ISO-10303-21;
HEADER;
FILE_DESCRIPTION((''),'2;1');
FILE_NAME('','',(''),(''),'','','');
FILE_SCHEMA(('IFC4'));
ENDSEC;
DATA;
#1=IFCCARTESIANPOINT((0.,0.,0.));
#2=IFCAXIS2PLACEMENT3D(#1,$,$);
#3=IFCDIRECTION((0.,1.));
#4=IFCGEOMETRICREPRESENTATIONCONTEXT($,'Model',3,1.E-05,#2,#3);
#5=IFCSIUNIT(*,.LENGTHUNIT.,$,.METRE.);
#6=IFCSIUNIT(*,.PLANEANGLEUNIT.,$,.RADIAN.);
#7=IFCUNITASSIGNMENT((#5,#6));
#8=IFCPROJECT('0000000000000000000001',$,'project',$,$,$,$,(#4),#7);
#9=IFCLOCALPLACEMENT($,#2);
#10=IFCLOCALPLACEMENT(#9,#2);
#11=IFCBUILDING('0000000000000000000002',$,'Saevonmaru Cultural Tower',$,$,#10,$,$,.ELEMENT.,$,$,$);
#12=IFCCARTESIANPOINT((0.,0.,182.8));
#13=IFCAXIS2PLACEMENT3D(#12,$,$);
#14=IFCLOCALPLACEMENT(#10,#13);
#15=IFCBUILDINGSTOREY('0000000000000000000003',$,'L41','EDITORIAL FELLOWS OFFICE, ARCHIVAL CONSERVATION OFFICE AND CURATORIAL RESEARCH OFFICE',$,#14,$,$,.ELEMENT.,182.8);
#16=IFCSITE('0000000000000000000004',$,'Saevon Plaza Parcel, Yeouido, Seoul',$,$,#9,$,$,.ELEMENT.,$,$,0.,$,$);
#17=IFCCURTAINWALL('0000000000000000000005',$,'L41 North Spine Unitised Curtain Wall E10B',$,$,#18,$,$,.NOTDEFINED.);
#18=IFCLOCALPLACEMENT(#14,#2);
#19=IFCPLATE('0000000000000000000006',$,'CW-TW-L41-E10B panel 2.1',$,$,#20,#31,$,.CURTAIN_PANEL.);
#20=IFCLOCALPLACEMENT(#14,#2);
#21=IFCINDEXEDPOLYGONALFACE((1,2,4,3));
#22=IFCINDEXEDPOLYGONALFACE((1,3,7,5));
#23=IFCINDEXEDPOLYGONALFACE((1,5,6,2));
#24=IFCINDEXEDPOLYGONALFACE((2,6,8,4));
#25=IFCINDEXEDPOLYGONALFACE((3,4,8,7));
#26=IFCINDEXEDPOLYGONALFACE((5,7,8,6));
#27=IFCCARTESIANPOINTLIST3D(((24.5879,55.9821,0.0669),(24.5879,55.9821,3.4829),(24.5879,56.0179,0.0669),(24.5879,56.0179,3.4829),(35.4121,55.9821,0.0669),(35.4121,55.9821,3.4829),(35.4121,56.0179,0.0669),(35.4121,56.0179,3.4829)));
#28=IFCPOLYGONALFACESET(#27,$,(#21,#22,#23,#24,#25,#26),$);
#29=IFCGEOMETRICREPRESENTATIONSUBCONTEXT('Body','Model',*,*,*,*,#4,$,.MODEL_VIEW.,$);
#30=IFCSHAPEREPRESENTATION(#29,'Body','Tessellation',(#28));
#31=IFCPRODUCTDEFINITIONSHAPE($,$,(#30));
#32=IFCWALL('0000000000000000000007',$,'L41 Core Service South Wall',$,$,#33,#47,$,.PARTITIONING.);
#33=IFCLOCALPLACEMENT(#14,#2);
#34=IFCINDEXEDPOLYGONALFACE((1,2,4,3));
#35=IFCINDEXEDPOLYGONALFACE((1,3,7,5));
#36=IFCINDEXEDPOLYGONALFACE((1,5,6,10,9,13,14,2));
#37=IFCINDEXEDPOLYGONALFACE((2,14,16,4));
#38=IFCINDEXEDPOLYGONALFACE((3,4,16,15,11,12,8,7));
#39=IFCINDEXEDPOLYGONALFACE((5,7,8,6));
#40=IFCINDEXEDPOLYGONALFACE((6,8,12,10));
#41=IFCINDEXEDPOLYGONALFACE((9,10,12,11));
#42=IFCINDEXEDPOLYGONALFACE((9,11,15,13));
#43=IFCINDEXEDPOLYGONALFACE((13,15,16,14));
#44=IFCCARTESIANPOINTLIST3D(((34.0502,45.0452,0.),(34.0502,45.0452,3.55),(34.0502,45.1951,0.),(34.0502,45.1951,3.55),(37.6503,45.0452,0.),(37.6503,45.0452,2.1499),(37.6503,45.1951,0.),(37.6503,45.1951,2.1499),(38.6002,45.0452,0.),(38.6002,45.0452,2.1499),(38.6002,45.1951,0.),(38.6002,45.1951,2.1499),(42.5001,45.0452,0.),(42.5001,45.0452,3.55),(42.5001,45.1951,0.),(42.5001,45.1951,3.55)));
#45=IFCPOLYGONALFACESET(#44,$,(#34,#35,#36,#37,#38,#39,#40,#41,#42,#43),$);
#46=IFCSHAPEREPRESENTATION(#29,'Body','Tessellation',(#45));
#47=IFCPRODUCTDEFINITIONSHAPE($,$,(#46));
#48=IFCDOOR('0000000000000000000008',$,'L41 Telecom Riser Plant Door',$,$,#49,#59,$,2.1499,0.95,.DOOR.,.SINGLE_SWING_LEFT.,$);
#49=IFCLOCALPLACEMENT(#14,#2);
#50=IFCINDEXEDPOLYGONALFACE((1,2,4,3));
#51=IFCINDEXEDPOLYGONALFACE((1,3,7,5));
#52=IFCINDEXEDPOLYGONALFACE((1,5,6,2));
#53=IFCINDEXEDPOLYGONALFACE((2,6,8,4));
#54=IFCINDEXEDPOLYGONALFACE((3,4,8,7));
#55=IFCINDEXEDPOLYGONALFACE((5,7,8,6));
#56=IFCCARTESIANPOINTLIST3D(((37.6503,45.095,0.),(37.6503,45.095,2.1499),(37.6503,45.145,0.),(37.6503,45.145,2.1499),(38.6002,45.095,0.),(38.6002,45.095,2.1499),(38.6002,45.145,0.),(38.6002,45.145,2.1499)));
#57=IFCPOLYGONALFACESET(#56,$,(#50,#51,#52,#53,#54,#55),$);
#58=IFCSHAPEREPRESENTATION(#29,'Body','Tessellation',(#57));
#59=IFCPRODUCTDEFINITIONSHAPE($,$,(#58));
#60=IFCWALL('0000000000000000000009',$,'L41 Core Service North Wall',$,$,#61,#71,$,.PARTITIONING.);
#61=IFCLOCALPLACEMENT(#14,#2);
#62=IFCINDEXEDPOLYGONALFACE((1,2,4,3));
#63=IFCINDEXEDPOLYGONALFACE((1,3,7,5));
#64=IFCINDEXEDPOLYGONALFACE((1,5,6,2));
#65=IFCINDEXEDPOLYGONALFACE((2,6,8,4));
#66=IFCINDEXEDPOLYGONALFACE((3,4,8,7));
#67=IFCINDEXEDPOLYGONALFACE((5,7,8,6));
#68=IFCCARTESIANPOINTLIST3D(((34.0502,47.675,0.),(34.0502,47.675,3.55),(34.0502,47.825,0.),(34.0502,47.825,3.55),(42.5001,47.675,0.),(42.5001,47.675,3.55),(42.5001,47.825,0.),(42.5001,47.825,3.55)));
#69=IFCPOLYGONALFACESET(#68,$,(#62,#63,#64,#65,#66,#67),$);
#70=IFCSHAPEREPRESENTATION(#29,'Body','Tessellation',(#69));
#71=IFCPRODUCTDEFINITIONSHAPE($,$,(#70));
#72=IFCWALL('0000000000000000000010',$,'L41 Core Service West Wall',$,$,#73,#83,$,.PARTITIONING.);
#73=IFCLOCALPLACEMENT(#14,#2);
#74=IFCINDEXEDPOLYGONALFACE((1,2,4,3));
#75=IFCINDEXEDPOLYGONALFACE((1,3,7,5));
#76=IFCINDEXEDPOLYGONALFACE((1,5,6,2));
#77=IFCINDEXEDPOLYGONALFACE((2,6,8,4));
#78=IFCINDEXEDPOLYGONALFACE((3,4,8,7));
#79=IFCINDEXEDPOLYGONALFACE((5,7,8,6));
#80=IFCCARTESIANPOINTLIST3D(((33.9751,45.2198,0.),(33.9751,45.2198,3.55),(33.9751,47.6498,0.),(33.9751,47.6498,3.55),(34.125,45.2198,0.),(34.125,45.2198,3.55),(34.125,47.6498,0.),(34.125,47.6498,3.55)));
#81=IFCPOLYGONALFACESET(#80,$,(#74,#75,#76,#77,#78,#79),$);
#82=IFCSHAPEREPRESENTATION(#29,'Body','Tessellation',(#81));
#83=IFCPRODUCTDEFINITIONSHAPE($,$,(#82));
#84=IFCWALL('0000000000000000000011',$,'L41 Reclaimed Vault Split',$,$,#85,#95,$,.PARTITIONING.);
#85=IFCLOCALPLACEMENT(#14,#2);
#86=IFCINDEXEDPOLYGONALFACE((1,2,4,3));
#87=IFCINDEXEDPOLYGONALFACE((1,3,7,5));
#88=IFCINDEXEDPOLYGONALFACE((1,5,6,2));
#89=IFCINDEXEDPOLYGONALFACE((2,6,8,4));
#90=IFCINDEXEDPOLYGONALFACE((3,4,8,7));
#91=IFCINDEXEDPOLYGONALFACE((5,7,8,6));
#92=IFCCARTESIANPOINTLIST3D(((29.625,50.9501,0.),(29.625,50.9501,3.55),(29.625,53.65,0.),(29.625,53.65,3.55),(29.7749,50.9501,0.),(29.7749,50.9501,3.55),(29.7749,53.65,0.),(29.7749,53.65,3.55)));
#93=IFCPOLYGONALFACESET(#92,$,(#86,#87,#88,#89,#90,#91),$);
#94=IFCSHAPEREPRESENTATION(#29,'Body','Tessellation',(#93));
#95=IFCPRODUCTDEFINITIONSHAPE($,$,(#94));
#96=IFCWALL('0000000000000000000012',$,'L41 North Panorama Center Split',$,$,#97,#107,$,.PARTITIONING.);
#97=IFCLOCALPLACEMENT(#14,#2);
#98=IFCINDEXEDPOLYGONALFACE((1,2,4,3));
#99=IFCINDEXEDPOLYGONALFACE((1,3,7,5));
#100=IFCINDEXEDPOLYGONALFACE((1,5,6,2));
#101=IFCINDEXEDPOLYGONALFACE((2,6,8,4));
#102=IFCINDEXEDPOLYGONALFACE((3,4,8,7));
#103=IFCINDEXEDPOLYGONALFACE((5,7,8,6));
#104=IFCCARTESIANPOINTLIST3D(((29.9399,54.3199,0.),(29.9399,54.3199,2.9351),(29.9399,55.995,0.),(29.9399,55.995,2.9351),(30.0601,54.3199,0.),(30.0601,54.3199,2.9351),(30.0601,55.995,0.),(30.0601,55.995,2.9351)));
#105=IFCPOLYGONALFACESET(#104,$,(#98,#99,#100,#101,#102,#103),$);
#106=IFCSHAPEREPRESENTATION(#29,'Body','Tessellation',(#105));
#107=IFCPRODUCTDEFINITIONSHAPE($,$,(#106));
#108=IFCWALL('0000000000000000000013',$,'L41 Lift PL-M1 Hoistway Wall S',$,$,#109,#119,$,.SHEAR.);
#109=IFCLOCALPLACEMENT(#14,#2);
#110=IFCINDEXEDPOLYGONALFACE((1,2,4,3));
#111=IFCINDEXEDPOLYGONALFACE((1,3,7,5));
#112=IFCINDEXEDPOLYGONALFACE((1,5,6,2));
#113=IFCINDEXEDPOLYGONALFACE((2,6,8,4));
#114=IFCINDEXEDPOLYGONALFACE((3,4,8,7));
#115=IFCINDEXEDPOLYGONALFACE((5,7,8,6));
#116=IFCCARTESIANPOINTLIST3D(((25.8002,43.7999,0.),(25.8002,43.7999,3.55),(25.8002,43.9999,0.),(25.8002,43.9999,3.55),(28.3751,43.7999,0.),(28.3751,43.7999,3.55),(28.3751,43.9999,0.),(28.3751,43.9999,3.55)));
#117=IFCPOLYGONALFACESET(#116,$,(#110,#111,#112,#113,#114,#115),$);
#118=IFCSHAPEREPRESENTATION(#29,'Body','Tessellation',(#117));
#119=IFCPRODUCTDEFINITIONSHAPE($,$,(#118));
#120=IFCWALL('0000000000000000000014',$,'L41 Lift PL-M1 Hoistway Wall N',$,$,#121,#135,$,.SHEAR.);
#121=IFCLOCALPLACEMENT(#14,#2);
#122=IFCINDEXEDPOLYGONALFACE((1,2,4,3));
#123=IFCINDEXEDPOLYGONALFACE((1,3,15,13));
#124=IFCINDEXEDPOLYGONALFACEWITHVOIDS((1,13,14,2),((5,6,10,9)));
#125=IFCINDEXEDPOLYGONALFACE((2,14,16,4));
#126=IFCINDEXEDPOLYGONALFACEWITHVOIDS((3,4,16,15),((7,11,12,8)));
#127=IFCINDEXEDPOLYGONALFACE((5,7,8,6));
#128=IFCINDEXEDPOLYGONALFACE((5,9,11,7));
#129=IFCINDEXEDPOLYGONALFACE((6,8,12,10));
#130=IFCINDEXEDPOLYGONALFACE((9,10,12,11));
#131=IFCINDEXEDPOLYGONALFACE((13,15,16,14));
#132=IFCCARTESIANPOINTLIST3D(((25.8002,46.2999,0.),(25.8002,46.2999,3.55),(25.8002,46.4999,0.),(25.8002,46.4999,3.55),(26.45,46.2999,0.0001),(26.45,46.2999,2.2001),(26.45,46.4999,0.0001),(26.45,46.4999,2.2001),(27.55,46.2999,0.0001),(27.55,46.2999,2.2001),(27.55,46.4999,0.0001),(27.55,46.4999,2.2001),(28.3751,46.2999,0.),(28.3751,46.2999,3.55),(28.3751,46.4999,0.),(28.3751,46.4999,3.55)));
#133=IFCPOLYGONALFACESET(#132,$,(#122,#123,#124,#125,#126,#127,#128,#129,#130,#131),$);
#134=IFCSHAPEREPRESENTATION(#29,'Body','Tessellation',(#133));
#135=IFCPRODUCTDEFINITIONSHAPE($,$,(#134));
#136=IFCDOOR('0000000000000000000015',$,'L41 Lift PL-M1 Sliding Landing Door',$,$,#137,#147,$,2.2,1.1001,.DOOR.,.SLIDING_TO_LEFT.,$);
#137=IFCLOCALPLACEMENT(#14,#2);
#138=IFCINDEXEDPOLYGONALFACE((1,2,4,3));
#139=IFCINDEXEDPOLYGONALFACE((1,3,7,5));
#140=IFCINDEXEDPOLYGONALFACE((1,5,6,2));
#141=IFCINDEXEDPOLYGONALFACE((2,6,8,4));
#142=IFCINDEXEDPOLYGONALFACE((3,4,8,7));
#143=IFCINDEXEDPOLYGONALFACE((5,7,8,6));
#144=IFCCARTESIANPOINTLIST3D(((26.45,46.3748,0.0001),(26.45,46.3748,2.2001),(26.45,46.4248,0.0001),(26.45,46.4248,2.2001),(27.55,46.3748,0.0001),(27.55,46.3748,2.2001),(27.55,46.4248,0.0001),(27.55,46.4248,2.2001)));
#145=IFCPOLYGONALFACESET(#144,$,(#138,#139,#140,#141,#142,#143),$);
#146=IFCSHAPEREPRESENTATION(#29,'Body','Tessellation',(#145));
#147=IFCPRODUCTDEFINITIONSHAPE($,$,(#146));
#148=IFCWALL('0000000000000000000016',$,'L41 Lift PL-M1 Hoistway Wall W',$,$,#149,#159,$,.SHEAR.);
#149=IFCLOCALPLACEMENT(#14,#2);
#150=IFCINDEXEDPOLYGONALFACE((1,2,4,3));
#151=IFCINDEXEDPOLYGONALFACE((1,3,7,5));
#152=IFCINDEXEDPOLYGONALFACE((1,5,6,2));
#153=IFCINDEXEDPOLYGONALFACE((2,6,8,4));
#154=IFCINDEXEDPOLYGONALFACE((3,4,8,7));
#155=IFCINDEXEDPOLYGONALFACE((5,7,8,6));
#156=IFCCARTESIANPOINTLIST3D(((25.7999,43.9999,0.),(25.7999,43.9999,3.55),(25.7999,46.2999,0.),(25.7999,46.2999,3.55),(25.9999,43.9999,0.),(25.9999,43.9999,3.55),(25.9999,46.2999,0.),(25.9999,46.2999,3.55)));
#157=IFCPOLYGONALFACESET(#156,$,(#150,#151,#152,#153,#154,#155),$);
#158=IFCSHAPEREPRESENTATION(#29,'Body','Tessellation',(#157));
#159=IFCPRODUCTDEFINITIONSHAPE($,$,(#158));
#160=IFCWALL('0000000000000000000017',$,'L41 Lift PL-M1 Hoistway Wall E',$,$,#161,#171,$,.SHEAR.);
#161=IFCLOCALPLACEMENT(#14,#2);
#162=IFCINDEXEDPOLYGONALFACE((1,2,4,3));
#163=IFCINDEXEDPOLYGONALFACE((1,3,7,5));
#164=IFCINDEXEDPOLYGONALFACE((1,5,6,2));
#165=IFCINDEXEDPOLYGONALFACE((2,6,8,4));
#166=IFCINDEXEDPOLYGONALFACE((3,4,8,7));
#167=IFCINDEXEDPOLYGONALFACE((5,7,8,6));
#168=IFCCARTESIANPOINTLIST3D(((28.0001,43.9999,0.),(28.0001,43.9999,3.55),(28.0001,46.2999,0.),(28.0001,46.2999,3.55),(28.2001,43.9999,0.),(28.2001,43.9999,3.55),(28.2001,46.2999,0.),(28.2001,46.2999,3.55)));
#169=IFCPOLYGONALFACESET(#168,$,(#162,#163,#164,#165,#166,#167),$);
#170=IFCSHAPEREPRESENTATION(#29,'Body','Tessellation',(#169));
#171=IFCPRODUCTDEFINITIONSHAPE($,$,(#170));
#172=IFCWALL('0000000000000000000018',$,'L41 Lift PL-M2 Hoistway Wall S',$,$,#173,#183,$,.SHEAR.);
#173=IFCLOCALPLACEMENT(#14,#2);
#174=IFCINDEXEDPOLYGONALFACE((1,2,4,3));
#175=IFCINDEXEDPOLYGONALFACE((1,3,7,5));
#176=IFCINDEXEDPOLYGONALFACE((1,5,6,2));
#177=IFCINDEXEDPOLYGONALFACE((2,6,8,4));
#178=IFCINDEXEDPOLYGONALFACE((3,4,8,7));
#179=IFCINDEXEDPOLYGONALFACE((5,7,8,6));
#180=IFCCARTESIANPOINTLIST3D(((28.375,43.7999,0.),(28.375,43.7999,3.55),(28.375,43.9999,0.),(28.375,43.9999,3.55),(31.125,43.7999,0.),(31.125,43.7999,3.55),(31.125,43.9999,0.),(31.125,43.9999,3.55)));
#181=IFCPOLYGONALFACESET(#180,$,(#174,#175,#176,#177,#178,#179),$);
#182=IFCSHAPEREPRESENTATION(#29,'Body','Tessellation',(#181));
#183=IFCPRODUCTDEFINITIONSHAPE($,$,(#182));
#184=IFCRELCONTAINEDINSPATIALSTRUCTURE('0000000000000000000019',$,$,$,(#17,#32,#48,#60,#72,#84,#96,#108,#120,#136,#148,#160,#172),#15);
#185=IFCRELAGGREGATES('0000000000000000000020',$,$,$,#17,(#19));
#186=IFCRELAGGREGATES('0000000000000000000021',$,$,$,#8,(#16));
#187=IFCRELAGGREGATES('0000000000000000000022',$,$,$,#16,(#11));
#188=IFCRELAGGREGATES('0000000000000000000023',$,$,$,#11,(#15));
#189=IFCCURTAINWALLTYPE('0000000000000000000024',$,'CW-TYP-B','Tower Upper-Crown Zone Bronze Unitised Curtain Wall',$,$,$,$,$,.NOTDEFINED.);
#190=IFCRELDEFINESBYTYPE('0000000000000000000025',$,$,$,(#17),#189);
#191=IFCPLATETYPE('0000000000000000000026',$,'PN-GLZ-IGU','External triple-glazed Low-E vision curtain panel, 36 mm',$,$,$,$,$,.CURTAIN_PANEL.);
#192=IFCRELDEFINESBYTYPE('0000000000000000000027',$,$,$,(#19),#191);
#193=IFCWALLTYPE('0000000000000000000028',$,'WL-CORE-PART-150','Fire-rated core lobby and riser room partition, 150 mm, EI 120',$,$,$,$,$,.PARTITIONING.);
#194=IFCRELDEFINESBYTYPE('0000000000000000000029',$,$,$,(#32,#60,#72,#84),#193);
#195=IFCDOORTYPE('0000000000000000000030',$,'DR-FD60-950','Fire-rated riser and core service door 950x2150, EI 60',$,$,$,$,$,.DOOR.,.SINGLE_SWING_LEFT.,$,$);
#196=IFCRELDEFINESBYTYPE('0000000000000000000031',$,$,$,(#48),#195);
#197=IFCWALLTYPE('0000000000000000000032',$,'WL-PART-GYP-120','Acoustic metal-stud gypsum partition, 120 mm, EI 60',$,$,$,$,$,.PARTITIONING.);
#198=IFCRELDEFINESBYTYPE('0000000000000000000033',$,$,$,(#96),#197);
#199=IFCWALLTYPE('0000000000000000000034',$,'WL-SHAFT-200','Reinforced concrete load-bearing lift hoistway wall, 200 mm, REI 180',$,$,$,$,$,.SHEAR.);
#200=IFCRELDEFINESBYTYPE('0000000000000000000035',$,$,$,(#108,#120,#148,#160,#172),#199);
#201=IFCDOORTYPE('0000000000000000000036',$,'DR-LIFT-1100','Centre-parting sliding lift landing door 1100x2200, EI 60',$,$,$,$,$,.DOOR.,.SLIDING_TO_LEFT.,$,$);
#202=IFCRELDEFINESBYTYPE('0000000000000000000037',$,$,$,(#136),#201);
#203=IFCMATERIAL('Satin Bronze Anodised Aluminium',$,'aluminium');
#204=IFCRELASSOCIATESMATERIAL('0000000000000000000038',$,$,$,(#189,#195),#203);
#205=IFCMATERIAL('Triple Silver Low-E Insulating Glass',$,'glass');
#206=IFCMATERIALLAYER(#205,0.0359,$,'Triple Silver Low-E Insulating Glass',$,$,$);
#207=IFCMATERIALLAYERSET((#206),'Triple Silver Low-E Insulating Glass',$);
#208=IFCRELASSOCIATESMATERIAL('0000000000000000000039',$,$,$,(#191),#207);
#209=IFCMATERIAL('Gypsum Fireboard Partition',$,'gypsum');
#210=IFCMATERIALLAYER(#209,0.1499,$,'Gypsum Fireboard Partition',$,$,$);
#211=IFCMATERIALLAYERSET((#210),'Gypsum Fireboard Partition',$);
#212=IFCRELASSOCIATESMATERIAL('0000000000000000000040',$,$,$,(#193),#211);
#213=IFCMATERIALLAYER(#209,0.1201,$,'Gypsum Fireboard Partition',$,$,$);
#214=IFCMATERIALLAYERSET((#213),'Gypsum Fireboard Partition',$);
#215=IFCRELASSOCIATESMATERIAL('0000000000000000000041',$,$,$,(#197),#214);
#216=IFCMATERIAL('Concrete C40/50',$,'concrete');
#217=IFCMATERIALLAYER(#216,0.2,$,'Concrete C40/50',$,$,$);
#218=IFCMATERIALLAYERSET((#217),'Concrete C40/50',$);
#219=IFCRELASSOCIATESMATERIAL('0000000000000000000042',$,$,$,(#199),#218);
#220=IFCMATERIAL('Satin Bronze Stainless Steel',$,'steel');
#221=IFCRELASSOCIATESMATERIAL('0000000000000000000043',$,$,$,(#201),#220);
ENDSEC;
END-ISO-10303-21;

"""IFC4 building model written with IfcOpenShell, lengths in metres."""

from ifc_helpers import new_model, si_unit, direction, frame, frame_2d, origin, origin_2d, place, context, subcontext, project, spatial, rectangle, extrude, material, layer, layer_set, type_object, element, fill, aggregate, save


model = new_model("IFC4")

# Units and contexts
model_context = context("Model", 3, precision=1e-05, world=origin(), true_north=direction((0.0, 1.0)))
body_context = subcontext(model_context, "Body", "Model", "MODEL_VIEW")
ifc_project = project(units=[si_unit("LENGTHUNIT", "METRE"), si_unit("PLANEANGLEUNIT", "RADIAN")], contexts=[model_context])

# Site, building, storey
site_placement = place(None, origin())
site = spatial("IfcSite", under=ifc_project, at=site_placement, Name="Saevon Plaza Parcel, Yeouido, Seoul", CompositionType="ELEMENT", RefElevation=0.0)
building_placement = place(site_placement, origin())
building = spatial("IfcBuilding", under=site, at=building_placement, Name="Saevonmaru Cultural Tower", CompositionType="ELEMENT")
storey_placement = place(building_placement, frame((0.0, 0.0, 182.8)))
storey = spatial("IfcBuildingStorey", under=building, at=storey_placement, Name="L41", Description="EDITORIAL FELLOWS OFFICE, ARCHIVAL CONSERVATION OFFICE AND CURATORIAL RESEARCH OFFICE", CompositionType="ELEMENT", Elevation=182.8)

# Curtain wall, plate
ifc_material_1 = material(Name="Satin Bronze Anodised Aluminium", Category="aluminium")
curtain_wall_type = type_object("IfcCurtainWallType", Name="CW-TYP-B", Description="Tower Upper-Crown Zone Bronze Unitised Curtain Wall", PredefinedType="NOTDEFINED", material=ifc_material_1)
curtain_wall_placement = place(storey_placement, origin())
curtain_wall = element("IfcCurtainWall", 1, at=curtain_wall_placement, inside=storey, type_object=curtain_wall_type, Name="L41 North Spine Unitised Curtain Wall E10B", PredefinedType="NOTDEFINED")
ifc_material_2 = material(Name="Triple Silver Low-E Insulating Glass", Category="glass")
ifc_layer_1 = layer(ifc_material_2, 0.0359, Name="Triple Silver Low-E Insulating Glass")
ifc_layer_set_1 = layer_set([ifc_layer_1], Name="Triple Silver Low-E Insulating Glass")
plate_type = type_object("IfcPlateType", Name="PN-GLZ-IGU", Description="External triple-glazed Low-E vision curtain panel, 36 mm", PredefinedType="CURTAIN_PANEL", material=ifc_layer_set_1)
plate_placement = place(storey_placement, frame((30.0, 56.0, 0.0669), z_axis=(0.0, 0.0, 1.0), x_axis=(-1.0, 0.0, 0.0)))
plate = element("IfcPlate", 2, at=plate_placement, type_object=plate_type, Name="CW-TW-L41-E10B panel 2.1", PredefinedType="CURTAIN_PANEL", context=body_context, shape_type="SweptSolid", body=[
    extrude(rectangle(XDim=10.8242, YDim=0.0359, at=origin_2d()), origin(), (0.0, 0.0, 1.0), 3.416),
])
aggregate(curtain_wall, [plate])

# Wall, opening, door
ifc_material_3 = material(Name="Gypsum Fireboard Partition", Category="gypsum")
ifc_layer_2 = layer(ifc_material_3, 0.1499, Name="Gypsum Fireboard Partition")
ifc_layer_set_2 = layer_set([ifc_layer_2], Name="Gypsum Fireboard Partition")
wall_type_1 = type_object("IfcWallType", Name="WL-CORE-PART-150", Description="Fire-rated core lobby and riser room partition, 150 mm, EI 120", PredefinedType="PARTITIONING", material=ifc_layer_set_2)
wall_1_placement = place(storey_placement, frame((34.05, 45.1201, 0.0), z_axis=(0.0, 0.0, 1.0), x_axis=(1.0, 0.0, 0.0)))
wall_1 = element("IfcWall", 3, at=wall_1_placement, inside=storey, type_object=wall_type_1, Name="L41 Core Service South Wall", PredefinedType="PARTITIONING", context=body_context, shape_type="SweptSolid", body=[
    extrude(rectangle(XDim=8.45, YDim=0.1499, at=frame_2d((4.2251, 0.0))), origin(), (0.0, 0.0, 1.0), 3.55),
])
opening_1_placement = place(wall_1_placement, frame((3.6001, 0.0, 0.0)))
opening_1 = element("IfcOpeningElement", 4, at=opening_1_placement, cuts=wall_1, PredefinedType="OPENING", context=body_context, shape_type="SweptSolid", body=[
    extrude(rectangle(XDim=0.95, YDim=2.1499, at=frame_2d((0.4751, 1.075))), frame((0.0, 0.085, 0.0), z_axis=(0.0, -1.0, 0.0), x_axis=(1.0, 0.0, 0.0)), (0.0, 0.0, 1.0), 0.1699),
])
door_type_1 = type_object("IfcDoorType", Name="DR-FD60-950", Description="Fire-rated riser and core service door 950x2150, EI 60", OperationType="SINGLE_SWING_LEFT", PredefinedType="DOOR", material=ifc_material_1)
door_1_placement = place(opening_1_placement, origin())
door_1 = element("IfcDoor", 5, at=door_1_placement, inside=storey, type_object=door_type_1, Name="L41 Telecom Riser Plant Door", OperationType="SINGLE_SWING_LEFT", OverallHeight=2.1499, OverallWidth=0.95, PredefinedType="DOOR", context=body_context, shape_type="SweptSolid", body=[
    extrude(rectangle(XDim=0.95, YDim=2.1499, at=frame_2d((0.4751, 1.075))), frame((0.0, 0.0249, 0.0), z_axis=(0.0, -1.0, 0.0), x_axis=(1.0, 0.0, 0.0)), (0.0, 0.0, 1.0), 0.05),
])
fill(opening_1, door_1)

# Walls
wall_2_placement = place(storey_placement, frame((34.05, 47.75, 0.0), z_axis=(0.0, 0.0, 1.0), x_axis=(1.0, 0.0, 0.0)))
element("IfcWall", 6, at=wall_2_placement, inside=storey, type_object=wall_type_1, Name="L41 Core Service North Wall", PredefinedType="PARTITIONING", context=body_context, shape_type="SweptSolid", body=[
    extrude(rectangle(XDim=8.45, YDim=0.1499, at=frame_2d((4.2251, 0.0))), origin(), (0.0, 0.0, 1.0), 3.55),
])
wall_3_placement = place(storey_placement, frame((34.05, 45.22, 0.0), z_axis=(0.0, 0.0, 1.0), x_axis=(0.0, 1.0, 0.0)))
element("IfcWall", 7, at=wall_3_placement, inside=storey, type_object=wall_type_1, Name="L41 Core Service West Wall", PredefinedType="PARTITIONING", context=body_context, shape_type="SweptSolid", body=[
    extrude(rectangle(XDim=2.4299, YDim=0.1499, at=frame_2d((1.2148, 0.0))), origin(), (0.0, 0.0, 1.0), 3.55),
])

# Walls
wall_4_placement = place(storey_placement, frame((29.7, 50.95, 0.0), z_axis=(0.0, 0.0, 1.0), x_axis=(0.0, 1.0, 0.0)))
element("IfcWall", 8, at=wall_4_placement, inside=storey, type_object=wall_type_1, Name="L41 Reclaimed Vault Split", PredefinedType="PARTITIONING", context=body_context, shape_type="SweptSolid", body=[
    extrude(rectangle(XDim=2.7, YDim=0.1499, at=frame_2d((1.3501, 0.0))), origin(), (0.0, 0.0, 1.0), 3.55),
])
ifc_layer_3 = layer(ifc_material_3, 0.1201, Name="Gypsum Fireboard Partition")
ifc_layer_set_3 = layer_set([ifc_layer_3], Name="Gypsum Fireboard Partition")
wall_type_2 = type_object("IfcWallType", Name="WL-PART-GYP-120", Description="Acoustic metal-stud gypsum partition, 120 mm, EI 60", PredefinedType="PARTITIONING", material=ifc_layer_set_3)
wall_5_placement = place(storey_placement, frame((30.0, 54.3201, 0.0), z_axis=(0.0, 0.0, 1.0), x_axis=(0.0, 1.0, 0.0)))
element("IfcWall", 9, at=wall_5_placement, inside=storey, type_object=wall_type_2, Name="L41 North Panorama Center Split", PredefinedType="PARTITIONING", context=body_context, shape_type="SweptSolid", body=[
    extrude(rectangle(XDim=1.675, YDim=0.1201, at=frame_2d((0.8374, 0.0))), origin(), (0.0, 0.0, 1.0), 2.9351),
])
ifc_material_4 = material(Name="Concrete C40/50", Category="concrete")
ifc_layer_4 = layer(ifc_material_4, 0.2, Name="Concrete C40/50")
ifc_layer_set_4 = layer_set([ifc_layer_4], Name="Concrete C40/50")
wall_type_3 = type_object("IfcWallType", Name="WL-SHAFT-200", Description="Reinforced concrete load-bearing lift hoistway wall, 200 mm, REI 180", PredefinedType="SHEAR", material=ifc_layer_set_4)
wall_6_placement = place(storey_placement, frame((25.8, 43.8999, 0.0), z_axis=(0.0, 0.0, 1.0), x_axis=(1.0, 0.0, 0.0)))
element("IfcWall", 10, at=wall_6_placement, inside=storey, type_object=wall_type_3, Name="L41 Lift PL-M1 Hoistway Wall S", PredefinedType="SHEAR", context=body_context, shape_type="SweptSolid", body=[
    extrude(rectangle(XDim=2.575, YDim=0.2, at=frame_2d((1.2876, 0.0))), origin(), (0.0, 0.0, 1.0), 3.55),
])

# Wall, opening, door
wall_7_placement = place(storey_placement, frame((25.8, 46.3999, 0.0), z_axis=(0.0, 0.0, 1.0), x_axis=(1.0, 0.0, 0.0)))
wall_7 = element("IfcWall", 11, at=wall_7_placement, inside=storey, type_object=wall_type_3, Name="L41 Lift PL-M1 Hoistway Wall N", PredefinedType="SHEAR", context=body_context, shape_type="SweptSolid", body=[
    extrude(rectangle(XDim=2.575, YDim=0.2, at=frame_2d((1.2876, 0.0))), origin(), (0.0, 0.0, 1.0), 3.55),
])
opening_2_placement = place(wall_7_placement, frame((0.6499, 0.0, 0.0)))
opening_2 = element("IfcOpeningElement", 12, at=opening_2_placement, cuts=wall_7, PredefinedType="OPENING", context=body_context, shape_type="SweptSolid", body=[
    extrude(rectangle(XDim=1.1001, YDim=2.2, at=frame_2d((0.55, 1.1001))), frame((0.0, 0.1099, 0.0), z_axis=(0.0, -1.0, 0.0), x_axis=(1.0, 0.0, 0.0)), (0.0, 0.0, 1.0), 0.22),
])
ifc_material_5 = material(Name="Satin Bronze Stainless Steel", Category="steel")
door_type_2 = type_object("IfcDoorType", Name="DR-LIFT-1100", Description="Centre-parting sliding lift landing door 1100x2200, EI 60", OperationType="SLIDING_TO_LEFT", PredefinedType="DOOR", material=ifc_material_5)
door_2_placement = place(opening_2_placement, origin())
door_2 = element("IfcDoor", 13, at=door_2_placement, inside=storey, type_object=door_type_2, Name="L41 Lift PL-M1 Sliding Landing Door", OperationType="SLIDING_TO_LEFT", OverallHeight=2.2, OverallWidth=1.1001, PredefinedType="DOOR", context=body_context, shape_type="SweptSolid", body=[
    extrude(rectangle(XDim=1.1001, YDim=2.2, at=frame_2d((0.55, 1.1001))), frame((0.0, 0.0249, 0.0), z_axis=(0.0, -1.0, 0.0), x_axis=(1.0, 0.0, 0.0)), (0.0, 0.0, 1.0), 0.05),
])
fill(opening_2, door_2)

# Walls
for number, where, z_axis, x_axis, name in (
    (14, (25.8999, 44.0, 0.0), (0.0, 0.0, 1.0), (0.0, 1.0, 0.0), "L41 Lift PL-M1 Hoistway Wall W"),
    (15, (28.1001, 44.0, 0.0), (0.0, 0.0, 1.0), (0.0, 1.0, 0.0), "L41 Lift PL-M1 Hoistway Wall E"),
):
    element("IfcWall", number, at=place(storey_placement, frame(where, z_axis=z_axis, x_axis=x_axis)), inside=storey, type_object=wall_type_3, Name=name, PredefinedType="SHEAR", context=body_context, shape_type="SweptSolid", body=[
        extrude(rectangle(XDim=2.3, YDim=0.2, at=frame_2d((1.1499, 0.0))), origin(), (0.0, 0.0, 1.0), 3.55),
    ])
wall_8_placement = place(storey_placement, frame((28.375, 43.8999, 0.0), z_axis=(0.0, 0.0, 1.0), x_axis=(1.0, 0.0, 0.0)))
element("IfcWall", 16, at=wall_8_placement, inside=storey, type_object=wall_type_3, Name="L41 Lift PL-M2 Hoistway Wall S", PredefinedType="SHEAR", context=body_context, shape_type="SweptSolid", body=[
    extrude(rectangle(XDim=2.75, YDim=0.2, at=frame_2d((1.375, 0.0))), origin(), (0.0, 0.0, 1.0), 3.55),
])

save(model, "model.ifc")
